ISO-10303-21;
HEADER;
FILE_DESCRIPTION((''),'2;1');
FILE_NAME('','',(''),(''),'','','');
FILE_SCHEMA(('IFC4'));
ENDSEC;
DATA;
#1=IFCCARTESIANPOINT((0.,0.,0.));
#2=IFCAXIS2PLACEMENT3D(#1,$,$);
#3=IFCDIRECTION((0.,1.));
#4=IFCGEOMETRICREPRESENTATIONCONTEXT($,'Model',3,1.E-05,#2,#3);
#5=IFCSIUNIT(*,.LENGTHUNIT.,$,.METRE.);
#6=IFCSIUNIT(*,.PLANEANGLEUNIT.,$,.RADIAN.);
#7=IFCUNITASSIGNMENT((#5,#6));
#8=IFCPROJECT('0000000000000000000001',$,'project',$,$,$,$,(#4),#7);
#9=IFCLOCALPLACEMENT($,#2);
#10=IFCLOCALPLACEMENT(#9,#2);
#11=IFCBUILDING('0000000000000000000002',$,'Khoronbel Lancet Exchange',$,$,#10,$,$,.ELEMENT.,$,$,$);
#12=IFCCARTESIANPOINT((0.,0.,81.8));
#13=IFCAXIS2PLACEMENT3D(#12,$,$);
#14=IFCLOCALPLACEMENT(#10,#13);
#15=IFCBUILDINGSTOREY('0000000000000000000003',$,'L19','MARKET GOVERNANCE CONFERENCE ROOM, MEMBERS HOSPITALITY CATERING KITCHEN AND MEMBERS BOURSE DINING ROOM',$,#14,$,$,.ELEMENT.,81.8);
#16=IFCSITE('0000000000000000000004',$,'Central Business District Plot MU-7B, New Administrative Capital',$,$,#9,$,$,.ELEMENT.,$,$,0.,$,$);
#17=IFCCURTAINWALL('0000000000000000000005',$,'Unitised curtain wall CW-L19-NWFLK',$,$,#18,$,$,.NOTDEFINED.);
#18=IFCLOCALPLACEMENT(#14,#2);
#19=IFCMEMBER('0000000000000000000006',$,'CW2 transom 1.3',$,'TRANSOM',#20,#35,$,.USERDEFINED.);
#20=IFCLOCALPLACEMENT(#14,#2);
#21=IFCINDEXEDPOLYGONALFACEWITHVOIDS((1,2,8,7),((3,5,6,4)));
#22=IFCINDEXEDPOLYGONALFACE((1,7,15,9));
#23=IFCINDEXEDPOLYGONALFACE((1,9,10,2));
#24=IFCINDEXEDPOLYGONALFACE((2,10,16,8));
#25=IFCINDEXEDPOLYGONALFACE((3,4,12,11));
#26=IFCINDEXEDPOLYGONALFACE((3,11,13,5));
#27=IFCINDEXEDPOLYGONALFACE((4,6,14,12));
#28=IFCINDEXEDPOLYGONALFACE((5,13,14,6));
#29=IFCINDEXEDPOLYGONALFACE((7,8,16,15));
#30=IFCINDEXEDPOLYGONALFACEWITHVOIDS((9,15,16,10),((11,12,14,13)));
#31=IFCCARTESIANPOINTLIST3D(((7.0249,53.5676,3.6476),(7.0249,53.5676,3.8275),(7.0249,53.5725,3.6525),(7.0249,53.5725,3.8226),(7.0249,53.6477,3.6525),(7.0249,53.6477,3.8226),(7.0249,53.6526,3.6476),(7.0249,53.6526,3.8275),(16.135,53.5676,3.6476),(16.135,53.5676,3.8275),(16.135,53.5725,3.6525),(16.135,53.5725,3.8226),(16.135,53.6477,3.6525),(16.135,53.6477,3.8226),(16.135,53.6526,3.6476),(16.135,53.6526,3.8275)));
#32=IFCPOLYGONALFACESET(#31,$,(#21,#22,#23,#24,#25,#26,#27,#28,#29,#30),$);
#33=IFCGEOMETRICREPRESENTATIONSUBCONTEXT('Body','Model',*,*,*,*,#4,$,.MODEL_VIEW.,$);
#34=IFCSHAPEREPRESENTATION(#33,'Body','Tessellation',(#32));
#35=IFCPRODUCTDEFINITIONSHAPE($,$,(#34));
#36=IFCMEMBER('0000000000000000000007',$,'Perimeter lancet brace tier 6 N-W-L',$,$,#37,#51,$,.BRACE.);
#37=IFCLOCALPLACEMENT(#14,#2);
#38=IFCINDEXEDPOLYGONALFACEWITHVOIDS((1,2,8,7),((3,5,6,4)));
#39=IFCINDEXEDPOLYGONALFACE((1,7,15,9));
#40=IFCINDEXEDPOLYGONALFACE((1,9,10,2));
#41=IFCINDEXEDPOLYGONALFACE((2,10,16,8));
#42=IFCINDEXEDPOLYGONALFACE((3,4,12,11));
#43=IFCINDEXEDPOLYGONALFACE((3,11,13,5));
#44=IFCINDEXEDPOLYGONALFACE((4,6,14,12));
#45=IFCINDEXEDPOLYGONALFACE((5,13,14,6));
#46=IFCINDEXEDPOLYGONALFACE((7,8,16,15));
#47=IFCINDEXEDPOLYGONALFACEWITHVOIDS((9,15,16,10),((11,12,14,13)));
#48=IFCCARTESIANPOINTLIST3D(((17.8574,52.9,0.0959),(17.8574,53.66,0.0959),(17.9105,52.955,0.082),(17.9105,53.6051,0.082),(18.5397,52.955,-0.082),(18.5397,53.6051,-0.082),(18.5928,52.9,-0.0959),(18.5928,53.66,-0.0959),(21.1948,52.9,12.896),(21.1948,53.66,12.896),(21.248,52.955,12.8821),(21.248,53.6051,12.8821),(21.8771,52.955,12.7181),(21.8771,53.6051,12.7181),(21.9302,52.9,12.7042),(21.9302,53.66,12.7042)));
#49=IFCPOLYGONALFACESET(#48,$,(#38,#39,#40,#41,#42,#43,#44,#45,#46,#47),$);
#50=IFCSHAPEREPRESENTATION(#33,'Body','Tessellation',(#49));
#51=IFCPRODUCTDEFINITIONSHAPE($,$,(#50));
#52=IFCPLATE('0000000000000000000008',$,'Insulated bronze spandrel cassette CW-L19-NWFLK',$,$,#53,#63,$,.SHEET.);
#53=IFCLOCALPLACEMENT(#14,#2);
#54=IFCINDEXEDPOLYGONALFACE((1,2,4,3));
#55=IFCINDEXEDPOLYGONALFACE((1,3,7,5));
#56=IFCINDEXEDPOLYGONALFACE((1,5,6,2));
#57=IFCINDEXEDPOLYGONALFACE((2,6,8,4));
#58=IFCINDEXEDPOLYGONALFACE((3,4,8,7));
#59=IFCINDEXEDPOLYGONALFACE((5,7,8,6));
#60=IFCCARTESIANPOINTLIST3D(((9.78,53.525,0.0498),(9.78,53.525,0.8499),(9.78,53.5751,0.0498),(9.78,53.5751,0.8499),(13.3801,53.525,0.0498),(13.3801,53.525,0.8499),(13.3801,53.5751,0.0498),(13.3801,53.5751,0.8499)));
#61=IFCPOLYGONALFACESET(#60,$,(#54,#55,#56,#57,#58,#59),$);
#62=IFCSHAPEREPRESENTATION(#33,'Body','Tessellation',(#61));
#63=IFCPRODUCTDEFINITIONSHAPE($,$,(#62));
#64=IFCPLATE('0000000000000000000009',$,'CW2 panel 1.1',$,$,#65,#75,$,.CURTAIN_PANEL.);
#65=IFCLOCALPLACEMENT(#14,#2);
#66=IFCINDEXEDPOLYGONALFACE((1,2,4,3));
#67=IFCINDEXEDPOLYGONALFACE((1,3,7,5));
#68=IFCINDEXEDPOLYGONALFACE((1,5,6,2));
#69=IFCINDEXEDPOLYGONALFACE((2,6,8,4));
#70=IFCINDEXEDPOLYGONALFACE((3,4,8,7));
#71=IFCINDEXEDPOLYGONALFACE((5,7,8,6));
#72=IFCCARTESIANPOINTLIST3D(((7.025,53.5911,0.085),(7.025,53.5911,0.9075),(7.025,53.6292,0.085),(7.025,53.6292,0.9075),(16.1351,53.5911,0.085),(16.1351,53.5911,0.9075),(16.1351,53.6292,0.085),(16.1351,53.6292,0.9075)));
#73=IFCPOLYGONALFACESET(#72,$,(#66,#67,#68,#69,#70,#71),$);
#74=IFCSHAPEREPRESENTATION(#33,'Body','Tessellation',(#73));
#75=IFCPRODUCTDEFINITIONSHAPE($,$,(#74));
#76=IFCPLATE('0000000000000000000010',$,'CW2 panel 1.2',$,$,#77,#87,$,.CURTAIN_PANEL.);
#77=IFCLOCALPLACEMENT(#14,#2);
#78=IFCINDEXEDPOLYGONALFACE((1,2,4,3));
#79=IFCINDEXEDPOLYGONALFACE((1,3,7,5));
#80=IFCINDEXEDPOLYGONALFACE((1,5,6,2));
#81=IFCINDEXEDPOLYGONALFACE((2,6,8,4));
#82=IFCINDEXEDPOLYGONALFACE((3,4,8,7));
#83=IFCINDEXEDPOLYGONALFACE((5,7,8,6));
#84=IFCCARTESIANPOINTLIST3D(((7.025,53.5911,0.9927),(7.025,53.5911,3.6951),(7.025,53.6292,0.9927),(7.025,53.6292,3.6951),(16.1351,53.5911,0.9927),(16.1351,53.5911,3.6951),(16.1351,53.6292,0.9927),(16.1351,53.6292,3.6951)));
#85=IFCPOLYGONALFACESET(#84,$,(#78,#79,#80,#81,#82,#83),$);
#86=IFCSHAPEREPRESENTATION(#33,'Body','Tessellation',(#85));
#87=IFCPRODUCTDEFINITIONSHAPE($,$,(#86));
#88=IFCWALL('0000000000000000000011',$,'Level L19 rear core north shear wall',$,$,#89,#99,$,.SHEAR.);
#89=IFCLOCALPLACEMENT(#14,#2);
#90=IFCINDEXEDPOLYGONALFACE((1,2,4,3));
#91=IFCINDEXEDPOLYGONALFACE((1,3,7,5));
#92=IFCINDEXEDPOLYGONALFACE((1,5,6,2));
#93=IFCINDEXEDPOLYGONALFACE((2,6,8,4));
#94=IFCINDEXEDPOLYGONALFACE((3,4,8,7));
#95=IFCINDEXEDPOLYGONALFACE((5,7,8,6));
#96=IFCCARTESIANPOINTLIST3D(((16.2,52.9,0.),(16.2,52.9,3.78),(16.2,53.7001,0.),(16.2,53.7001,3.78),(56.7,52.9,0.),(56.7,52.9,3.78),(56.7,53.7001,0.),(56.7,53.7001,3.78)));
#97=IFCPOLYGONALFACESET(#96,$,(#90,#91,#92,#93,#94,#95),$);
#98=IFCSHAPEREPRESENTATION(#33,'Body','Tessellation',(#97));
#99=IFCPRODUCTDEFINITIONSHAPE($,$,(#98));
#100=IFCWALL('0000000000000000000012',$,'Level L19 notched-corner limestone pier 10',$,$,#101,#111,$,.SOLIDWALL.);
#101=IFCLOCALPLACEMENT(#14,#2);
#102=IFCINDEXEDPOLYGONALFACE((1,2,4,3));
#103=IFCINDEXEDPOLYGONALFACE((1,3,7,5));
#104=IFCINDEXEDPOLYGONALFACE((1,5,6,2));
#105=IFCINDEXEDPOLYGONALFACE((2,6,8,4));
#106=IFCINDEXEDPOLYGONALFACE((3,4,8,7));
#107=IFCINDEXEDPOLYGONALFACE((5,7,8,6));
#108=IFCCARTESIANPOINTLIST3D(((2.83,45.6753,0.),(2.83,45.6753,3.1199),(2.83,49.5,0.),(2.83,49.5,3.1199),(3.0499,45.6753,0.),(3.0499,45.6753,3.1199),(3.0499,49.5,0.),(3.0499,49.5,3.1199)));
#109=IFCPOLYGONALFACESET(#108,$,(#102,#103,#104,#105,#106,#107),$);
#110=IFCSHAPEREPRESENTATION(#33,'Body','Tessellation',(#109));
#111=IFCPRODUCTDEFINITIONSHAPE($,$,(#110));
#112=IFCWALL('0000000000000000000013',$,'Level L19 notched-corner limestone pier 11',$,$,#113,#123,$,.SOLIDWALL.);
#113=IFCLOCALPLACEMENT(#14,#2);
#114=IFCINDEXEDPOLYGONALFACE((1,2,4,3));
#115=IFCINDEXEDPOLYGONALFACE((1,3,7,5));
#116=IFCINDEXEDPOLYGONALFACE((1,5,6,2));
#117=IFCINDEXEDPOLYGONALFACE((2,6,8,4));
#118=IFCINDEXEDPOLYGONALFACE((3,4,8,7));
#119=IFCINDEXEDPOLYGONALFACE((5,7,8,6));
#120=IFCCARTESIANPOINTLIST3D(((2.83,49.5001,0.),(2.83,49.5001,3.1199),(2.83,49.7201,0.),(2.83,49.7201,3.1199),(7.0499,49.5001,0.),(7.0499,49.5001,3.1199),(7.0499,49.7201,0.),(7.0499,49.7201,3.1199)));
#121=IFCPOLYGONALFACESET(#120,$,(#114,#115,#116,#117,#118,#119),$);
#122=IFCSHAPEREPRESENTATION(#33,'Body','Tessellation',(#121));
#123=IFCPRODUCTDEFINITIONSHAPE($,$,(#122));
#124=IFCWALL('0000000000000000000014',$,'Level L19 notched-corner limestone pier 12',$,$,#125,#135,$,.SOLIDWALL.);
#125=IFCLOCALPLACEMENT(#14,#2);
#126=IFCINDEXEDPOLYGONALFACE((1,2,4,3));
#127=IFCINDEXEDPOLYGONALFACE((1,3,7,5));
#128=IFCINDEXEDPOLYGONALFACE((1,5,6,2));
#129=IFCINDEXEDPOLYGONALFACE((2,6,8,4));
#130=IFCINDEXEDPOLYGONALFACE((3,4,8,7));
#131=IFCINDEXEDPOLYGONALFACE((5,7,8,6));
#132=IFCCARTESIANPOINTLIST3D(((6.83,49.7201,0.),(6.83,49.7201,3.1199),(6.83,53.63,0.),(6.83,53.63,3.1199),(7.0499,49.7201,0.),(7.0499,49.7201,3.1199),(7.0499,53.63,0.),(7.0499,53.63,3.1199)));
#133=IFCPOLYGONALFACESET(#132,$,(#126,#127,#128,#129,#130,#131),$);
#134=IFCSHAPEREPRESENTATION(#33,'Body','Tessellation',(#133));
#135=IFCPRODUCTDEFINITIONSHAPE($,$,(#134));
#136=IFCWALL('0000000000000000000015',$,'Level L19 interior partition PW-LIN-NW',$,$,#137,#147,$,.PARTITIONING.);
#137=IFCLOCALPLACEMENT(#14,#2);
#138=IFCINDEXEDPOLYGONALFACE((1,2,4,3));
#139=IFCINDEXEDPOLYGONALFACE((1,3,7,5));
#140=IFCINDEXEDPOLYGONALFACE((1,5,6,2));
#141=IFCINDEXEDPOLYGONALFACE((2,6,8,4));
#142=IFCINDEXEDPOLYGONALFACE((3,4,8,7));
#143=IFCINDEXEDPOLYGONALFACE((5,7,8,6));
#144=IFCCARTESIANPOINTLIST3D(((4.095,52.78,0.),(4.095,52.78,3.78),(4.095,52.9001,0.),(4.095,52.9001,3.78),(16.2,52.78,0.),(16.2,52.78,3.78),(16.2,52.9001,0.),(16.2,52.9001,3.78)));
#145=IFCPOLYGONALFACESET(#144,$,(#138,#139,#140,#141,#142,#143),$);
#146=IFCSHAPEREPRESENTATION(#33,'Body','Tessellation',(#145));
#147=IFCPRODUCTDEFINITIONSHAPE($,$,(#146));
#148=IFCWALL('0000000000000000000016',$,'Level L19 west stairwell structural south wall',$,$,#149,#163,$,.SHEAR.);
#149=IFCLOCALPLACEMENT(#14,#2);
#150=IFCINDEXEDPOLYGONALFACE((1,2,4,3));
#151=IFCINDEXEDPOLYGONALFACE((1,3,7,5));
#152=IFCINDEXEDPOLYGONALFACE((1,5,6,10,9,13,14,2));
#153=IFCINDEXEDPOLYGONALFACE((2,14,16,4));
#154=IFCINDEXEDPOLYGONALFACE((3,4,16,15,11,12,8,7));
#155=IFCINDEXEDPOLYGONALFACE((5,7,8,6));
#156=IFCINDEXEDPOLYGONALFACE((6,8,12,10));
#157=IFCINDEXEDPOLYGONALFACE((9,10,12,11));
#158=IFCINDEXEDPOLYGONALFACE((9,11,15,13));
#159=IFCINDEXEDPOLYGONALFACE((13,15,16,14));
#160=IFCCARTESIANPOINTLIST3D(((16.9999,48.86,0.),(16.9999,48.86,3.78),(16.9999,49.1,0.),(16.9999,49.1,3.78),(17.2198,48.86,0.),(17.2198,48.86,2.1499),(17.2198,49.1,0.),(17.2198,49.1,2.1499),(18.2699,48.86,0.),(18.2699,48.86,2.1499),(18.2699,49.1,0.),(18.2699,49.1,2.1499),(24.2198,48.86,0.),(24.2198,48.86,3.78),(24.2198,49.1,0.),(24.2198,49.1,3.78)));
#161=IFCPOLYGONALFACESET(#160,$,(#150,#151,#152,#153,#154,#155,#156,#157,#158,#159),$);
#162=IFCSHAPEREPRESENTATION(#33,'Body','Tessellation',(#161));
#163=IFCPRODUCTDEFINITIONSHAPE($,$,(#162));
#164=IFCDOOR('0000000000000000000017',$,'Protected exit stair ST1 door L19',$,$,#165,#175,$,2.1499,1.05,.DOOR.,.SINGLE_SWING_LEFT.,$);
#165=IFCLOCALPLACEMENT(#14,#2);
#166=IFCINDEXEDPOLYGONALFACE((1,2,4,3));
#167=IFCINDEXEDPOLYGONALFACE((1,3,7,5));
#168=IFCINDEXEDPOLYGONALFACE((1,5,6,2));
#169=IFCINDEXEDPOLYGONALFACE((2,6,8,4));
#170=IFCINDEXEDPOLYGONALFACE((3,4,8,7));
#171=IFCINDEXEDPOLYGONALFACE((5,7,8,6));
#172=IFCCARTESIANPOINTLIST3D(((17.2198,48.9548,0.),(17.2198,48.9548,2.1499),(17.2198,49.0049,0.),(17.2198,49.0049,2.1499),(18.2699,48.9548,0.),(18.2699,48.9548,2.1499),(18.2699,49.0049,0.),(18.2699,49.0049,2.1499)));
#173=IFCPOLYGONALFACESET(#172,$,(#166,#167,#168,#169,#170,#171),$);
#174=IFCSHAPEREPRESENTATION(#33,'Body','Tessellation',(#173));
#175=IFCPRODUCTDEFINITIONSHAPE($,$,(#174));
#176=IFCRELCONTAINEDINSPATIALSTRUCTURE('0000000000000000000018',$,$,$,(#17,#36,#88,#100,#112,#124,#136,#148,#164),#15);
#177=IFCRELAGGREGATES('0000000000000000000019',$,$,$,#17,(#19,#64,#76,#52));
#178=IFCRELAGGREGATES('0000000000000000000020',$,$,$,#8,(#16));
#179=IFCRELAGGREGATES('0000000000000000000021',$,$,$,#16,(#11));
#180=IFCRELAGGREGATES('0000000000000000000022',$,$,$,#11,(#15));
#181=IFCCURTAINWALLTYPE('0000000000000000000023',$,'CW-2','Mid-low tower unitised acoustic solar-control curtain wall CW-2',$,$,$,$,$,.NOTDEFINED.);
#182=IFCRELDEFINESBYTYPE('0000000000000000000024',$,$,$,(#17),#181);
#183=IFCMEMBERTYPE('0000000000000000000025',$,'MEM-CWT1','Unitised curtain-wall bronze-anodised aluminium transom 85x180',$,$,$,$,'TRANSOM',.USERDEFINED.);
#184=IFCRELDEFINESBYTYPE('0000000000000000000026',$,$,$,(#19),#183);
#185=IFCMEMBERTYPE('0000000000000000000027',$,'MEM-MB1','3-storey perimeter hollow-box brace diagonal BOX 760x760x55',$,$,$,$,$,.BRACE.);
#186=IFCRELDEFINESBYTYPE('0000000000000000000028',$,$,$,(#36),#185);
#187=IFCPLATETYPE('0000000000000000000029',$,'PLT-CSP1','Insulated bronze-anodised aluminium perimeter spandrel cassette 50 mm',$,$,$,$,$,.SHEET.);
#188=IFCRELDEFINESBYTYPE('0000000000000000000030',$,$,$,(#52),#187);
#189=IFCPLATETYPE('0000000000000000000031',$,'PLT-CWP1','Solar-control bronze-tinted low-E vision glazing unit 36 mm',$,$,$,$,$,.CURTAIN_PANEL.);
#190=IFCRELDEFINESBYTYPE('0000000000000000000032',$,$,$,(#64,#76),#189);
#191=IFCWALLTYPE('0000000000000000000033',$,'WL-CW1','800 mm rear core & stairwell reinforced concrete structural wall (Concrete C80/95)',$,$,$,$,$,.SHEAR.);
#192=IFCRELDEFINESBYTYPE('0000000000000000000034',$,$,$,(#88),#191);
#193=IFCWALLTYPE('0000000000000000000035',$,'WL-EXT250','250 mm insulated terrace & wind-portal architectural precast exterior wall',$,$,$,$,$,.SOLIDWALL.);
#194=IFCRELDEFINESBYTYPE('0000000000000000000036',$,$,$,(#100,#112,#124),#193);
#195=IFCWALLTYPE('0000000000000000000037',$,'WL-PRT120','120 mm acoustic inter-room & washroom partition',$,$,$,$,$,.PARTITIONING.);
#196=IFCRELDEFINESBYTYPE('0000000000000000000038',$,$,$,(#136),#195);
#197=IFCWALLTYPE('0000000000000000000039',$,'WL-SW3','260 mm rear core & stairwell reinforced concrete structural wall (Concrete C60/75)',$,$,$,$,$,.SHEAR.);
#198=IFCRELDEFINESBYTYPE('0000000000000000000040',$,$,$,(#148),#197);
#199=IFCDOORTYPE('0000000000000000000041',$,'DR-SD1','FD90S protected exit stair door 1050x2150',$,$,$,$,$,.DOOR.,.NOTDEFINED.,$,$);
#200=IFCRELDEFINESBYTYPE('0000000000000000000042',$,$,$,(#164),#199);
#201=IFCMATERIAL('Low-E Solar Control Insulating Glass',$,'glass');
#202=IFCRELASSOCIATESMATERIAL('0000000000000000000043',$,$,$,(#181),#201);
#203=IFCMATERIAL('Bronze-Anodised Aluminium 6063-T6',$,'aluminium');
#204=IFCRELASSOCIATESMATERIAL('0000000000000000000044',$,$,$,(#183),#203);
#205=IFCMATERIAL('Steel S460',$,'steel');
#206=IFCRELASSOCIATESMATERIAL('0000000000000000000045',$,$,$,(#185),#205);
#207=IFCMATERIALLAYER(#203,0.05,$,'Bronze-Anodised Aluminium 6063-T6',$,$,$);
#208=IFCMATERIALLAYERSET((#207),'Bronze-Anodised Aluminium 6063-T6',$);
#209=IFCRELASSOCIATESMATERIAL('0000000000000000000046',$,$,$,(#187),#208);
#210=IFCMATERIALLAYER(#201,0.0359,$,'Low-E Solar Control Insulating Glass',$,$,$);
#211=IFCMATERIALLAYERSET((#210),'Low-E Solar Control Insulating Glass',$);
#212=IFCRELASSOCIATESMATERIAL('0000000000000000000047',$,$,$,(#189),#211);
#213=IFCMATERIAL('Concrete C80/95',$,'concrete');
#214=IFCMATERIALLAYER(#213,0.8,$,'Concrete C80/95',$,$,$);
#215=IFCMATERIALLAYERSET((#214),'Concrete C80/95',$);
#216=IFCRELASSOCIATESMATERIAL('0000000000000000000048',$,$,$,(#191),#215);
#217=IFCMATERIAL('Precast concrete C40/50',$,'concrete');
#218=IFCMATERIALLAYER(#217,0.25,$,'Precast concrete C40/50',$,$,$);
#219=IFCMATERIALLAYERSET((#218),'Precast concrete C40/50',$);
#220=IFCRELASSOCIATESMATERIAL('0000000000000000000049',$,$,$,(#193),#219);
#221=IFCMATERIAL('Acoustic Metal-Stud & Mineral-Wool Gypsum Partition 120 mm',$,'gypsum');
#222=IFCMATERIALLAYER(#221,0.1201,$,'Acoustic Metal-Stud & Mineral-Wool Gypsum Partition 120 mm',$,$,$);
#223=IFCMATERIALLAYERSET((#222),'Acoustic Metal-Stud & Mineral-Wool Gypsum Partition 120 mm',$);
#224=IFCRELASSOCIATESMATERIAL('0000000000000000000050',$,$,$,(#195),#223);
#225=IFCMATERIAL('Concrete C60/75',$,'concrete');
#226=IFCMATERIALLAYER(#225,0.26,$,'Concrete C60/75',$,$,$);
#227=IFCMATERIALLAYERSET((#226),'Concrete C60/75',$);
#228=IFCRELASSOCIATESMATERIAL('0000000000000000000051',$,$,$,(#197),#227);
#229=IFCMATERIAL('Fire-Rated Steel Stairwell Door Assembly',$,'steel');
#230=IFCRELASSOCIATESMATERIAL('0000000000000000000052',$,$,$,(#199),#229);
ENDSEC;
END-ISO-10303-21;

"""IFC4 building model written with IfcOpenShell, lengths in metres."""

from ifc_helpers import new_model, si_unit, direction, frame, frame_2d, origin, origin_2d, place, context, subcontext, project, spatial, rectangle, hollow_rectangle, extrude, material, layer, layer_set, material_profile, profile_set, type_object, element, fill, aggregate, save


model = new_model("IFC4")

# Units and contexts
model_context = context("Model", 3, precision=1e-05, world=origin(), true_north=direction((0.0, 1.0)))
body_context = subcontext(model_context, "Body", "Model", "MODEL_VIEW")
ifc_project = project(units=[si_unit("LENGTHUNIT", "METRE"), si_unit("PLANEANGLEUNIT", "RADIAN")], contexts=[model_context])

# Site, building, storey
site_placement = place(None, origin())
site = spatial("IfcSite", under=ifc_project, at=site_placement, Name="Central Business District Plot MU-7B, New Administrative Capital", CompositionType="ELEMENT", RefElevation=0.0)
building_placement = place(site_placement, origin())
building = spatial("IfcBuilding", under=site, at=building_placement, Name="Khoronbel Lancet Exchange", CompositionType="ELEMENT")
storey_placement = place(building_placement, frame((0.0, 0.0, 81.8)))
storey = spatial("IfcBuildingStorey", under=building, at=storey_placement, Name="L19", Description="MARKET GOVERNANCE CONFERENCE ROOM, MEMBERS HOSPITALITY CATERING KITCHEN AND MEMBERS BOURSE DINING ROOM", CompositionType="ELEMENT", Elevation=81.8)

# Shared definitions
ifc_material_1 = material(Name="Steel S460", Category="steel")

# Curtain wall, member
ifc_material_2 = material(Name="Low-E Solar Control Insulating Glass", Category="glass")
curtain_wall_type = type_object("IfcCurtainWallType", Name="CW-2", Description="Mid-low tower unitised acoustic solar-control curtain wall CW-2", PredefinedType="NOTDEFINED", material=ifc_material_2)
curtain_wall_placement = place(storey_placement, origin())
curtain_wall = element("IfcCurtainWall", 1, at=curtain_wall_placement, inside=storey, type_object=curtain_wall_type, Name="Unitised curtain wall CW-L19-NWFLK", PredefinedType="NOTDEFINED")
ifc_material_3 = material(Name="Bronze-Anodised Aluminium 6063-T6", Category="aluminium")
ifc_material_profile_1 = material_profile(ifc_material_3, hollow_rectangle(XDim=0.085, YDim=0.1799, WallThickness=0.0049, at=origin_2d()), Name="ALU TRANSOM 85x180")
ifc_profile_set_1 = profile_set([ifc_material_profile_1], Name="Bronze-Anodised Aluminium 6063-T6")
member_type_1 = type_object("IfcMemberType", Name="MEM-CWT1", Description="Unitised curtain-wall bronze-anodised aluminium transom 85x180", ElementType="TRANSOM", PredefinedType="USERDEFINED", material=ifc_profile_set_1)
member_1_placement = place(storey_placement, frame((16.135, 53.6101, 3.7375), z_axis=(-1.0, 0.0, 0.0), x_axis=(0.0, -1.0, 0.0)))
member_1 = element("IfcMember", 2, at=member_1_placement, type_object=member_type_1, Name="CW2 transom 1.3", ObjectType="TRANSOM", PredefinedType="USERDEFINED", context=body_context, shape_type="SweptSolid", body=[
    extrude(hollow_rectangle(XDim=0.085, YDim=0.1799, WallThickness=0.0049, at=origin_2d()), origin(), (0.0, 0.0, 1.0), 9.1101),
])

# Member
ifc_material_profile_2 = material_profile(ifc_material_1, hollow_rectangle(XDim=0.76, YDim=0.76, WallThickness=0.0549, at=origin_2d()), Name="BOX 760x760x55")
ifc_profile_set_2 = profile_set([ifc_material_profile_2], Name="Steel S460")
member_type_2 = type_object("IfcMemberType", Name="MEM-MB1", Description="3-storey perimeter hollow-box brace diagonal BOX 760x760x55", PredefinedType="BRACE", material=ifc_profile_set_2)
member_2_placement = place(storey_placement, frame((18.2251, 53.28, 0.0), z_axis=(0.252299, 0.0, 0.967649), x_axis=(0.0, 1.0, 0.0)))
element("IfcMember", 3, at=member_2_placement, inside=storey, type_object=member_type_2, Name="Perimeter lancet brace tier 6 N-W-L", PredefinedType="BRACE", context=body_context, shape_type="SweptSolid", body=[
    extrude(hollow_rectangle(XDim=0.76, YDim=0.76, WallThickness=0.0549, at=origin_2d()), origin(), (0.0, 0.0, 1.0), 13.228),
])

# Plates
ifc_layer_1 = layer(ifc_material_3, 0.05, Name="Bronze-Anodised Aluminium 6063-T6")
ifc_layer_set_1 = layer_set([ifc_layer_1], Name="Bronze-Anodised Aluminium 6063-T6")
plate_type_1 = type_object("IfcPlateType", Name="PLT-CSP1", Description="Insulated bronze-anodised aluminium perimeter spandrel cassette 50 mm", PredefinedType="SHEET", material=ifc_layer_set_1)
plate_1_placement = place(storey_placement, frame((11.5801, 53.55, 0.0498), z_axis=(0.0, 0.0, 1.0), x_axis=(-1.0, 0.0, 0.0)))
plate_1 = element("IfcPlate", 4, at=plate_1_placement, type_object=plate_type_1, Name="Insulated bronze spandrel cassette CW-L19-NWFLK", PredefinedType="SHEET", context=body_context, shape_type="SweptSolid", body=[
    extrude(rectangle(XDim=3.6001, YDim=0.05, at=origin_2d()), origin(), (0.0, 0.0, 1.0), 0.8),
])
ifc_layer_2 = layer(ifc_material_2, 0.0359, Name="Low-E Solar Control Insulating Glass")
ifc_layer_set_2 = layer_set([ifc_layer_2], Name="Low-E Solar Control Insulating Glass")
plate_type_2 = type_object("IfcPlateType", Name="PLT-CWP1", Description="Solar-control bronze-tinted low-E vision glazing unit 36 mm", PredefinedType="CURTAIN_PANEL", material=ifc_layer_set_2)
plate_2_placement = place(storey_placement, frame((11.5801, 53.6101, 0.085), z_axis=(0.0, 0.0, 1.0), x_axis=(-1.0, 0.0, 0.0)))
plate_2 = element("IfcPlate", 5, at=plate_2_placement, type_object=plate_type_2, Name="CW2 panel 1.1", PredefinedType="CURTAIN_PANEL", context=body_context, shape_type="SweptSolid", body=[
    extrude(rectangle(XDim=9.1101, YDim=0.0381, at=origin_2d()), origin(), (0.0, 0.0, 1.0), 0.8225),
])
plate_3_placement = place(storey_placement, frame((11.5801, 53.6101, 0.9927), z_axis=(0.0, 0.0, 1.0), x_axis=(-1.0, 0.0, 0.0)))
plate_3 = element("IfcPlate", 6, at=plate_3_placement, type_object=plate_type_2, Name="CW2 panel 1.2", PredefinedType="CURTAIN_PANEL", context=body_context, shape_type="SweptSolid", body=[
    extrude(rectangle(XDim=9.1101, YDim=0.0381, at=origin_2d()), origin(), (0.0, 0.0, 1.0), 2.7024),
])
aggregate(curtain_wall, [member_1, plate_2, plate_3, plate_1])

# Walls
ifc_material_4 = material(Name="Concrete C80/95", Category="concrete")
ifc_layer_3 = layer(ifc_material_4, 0.8, Name="Concrete C80/95")
ifc_layer_set_3 = layer_set([ifc_layer_3], Name="Concrete C80/95")
wall_type_1 = type_object("IfcWallType", Name="WL-CW1", Description="800 mm rear core & stairwell reinforced concrete structural wall (Concrete C80/95)", PredefinedType="SHEAR", material=ifc_layer_set_3)
wall_1_placement = place(storey_placement, frame((16.2, 53.3, 0.0), z_axis=(0.0, 0.0, 1.0), x_axis=(1.0, 0.0, 0.0)))
element("IfcWall", 7, at=wall_1_placement, inside=storey, type_object=wall_type_1, Name="Level L19 rear core north shear wall", PredefinedType="SHEAR", context=body_context, shape_type="SweptSolid", body=[
    extrude(rectangle(XDim=40.5, YDim=0.8, at=frame_2d((20.25, 0.0))), origin(), (0.0, 0.0, 1.0), 3.78),
])
ifc_material_5 = material(Name="Precast concrete C40/50", Category="concrete")
ifc_layer_4 = layer(ifc_material_5, 0.25, Name="Precast concrete C40/50")
ifc_layer_set_4 = layer_set([ifc_layer_4], Name="Precast concrete C40/50")
wall_type_2 = type_object("IfcWallType", Name="WL-EXT250", Description="250 mm insulated terrace & wind-portal architectural precast exterior wall", PredefinedType="SOLIDWALL", material=ifc_layer_set_4)
wall_2_placement = place(storey_placement, frame((2.9399, 45.6753, 0.0), z_axis=(0.0, 0.0, 1.0), x_axis=(0.0, 1.0, 0.0)))
element("IfcWall", 8, at=wall_2_placement, inside=storey, type_object=wall_type_2, Name="Level L19 notched-corner limestone pier 10", PredefinedType="SOLIDWALL", context=body_context, shape_type="SweptSolid", body=[
    extrude(rectangle(XDim=3.8247, YDim=0.22, at=frame_2d((1.9124, 0.0))), origin(), (0.0, 0.0, 1.0), 3.1199),
])
wall_3_placement = place(storey_placement, frame((2.8301, 49.6101, 0.0), z_axis=(0.0, 0.0, 1.0), x_axis=(1.0, 0.0, 0.0)))
element("IfcWall", 9, at=wall_3_placement, inside=storey, type_object=wall_type_2, Name="Level L19 notched-corner limestone pier 11", PredefinedType="SOLIDWALL", context=body_context, shape_type="SweptSolid", body=[
    extrude(rectangle(XDim=4.22, YDim=0.22, at=frame_2d((2.1099, 0.0))), origin(), (0.0, 0.0, 1.0), 3.1199),
])
wall_4_placement = place(storey_placement, frame((6.9399, 49.72, 0.0), z_axis=(0.0, 0.0, 1.0), x_axis=(0.0, 1.0, 0.0)))
element("IfcWall", 10, at=wall_4_placement, inside=storey, type_object=wall_type_2, Name="Level L19 notched-corner limestone pier 12", PredefinedType="SOLIDWALL", context=body_context, shape_type="SweptSolid", body=[
    extrude(rectangle(XDim=3.9099, YDim=0.22, at=frame_2d((1.9551, 0.0))), origin(), (0.0, 0.0, 1.0), 3.1199),
])
ifc_material_6 = material(Name="Acoustic Metal-Stud & Mineral-Wool Gypsum Partition 120 mm", Category="gypsum")
ifc_layer_5 = layer(ifc_material_6, 0.1201, Name="Acoustic Metal-Stud & Mineral-Wool Gypsum Partition 120 mm")
ifc_layer_set_5 = layer_set([ifc_layer_5], Name="Acoustic Metal-Stud & Mineral-Wool Gypsum Partition 120 mm")
wall_type_3 = type_object("IfcWallType", Name="WL-PRT120", Description="120 mm acoustic inter-room & washroom partition", PredefinedType="PARTITIONING", material=ifc_layer_set_5)
wall_5_placement = place(storey_placement, frame((4.095, 52.8401, 0.0), z_axis=(0.0, 0.0, 1.0), x_axis=(1.0, 0.0, 0.0)))
element("IfcWall", 11, at=wall_5_placement, inside=storey, type_object=wall_type_3, Name="Level L19 interior partition PW-LIN-NW", PredefinedType="PARTITIONING", context=body_context, shape_type="SweptSolid", body=[
    extrude(rectangle(XDim=12.105, YDim=0.1201, at=frame_2d((6.0525, 0.0))), origin(), (0.0, 0.0, 1.0), 3.78),
])

# Wall, opening, door
ifc_material_7 = material(Name="Concrete C60/75", Category="concrete")
ifc_layer_6 = layer(ifc_material_7, 0.26, Name="Concrete C60/75")
ifc_layer_set_6 = layer_set([ifc_layer_6], Name="Concrete C60/75")
wall_type_4 = type_object("IfcWallType", Name="WL-SW3", Description="260 mm rear core & stairwell reinforced concrete structural wall (Concrete C60/75)", PredefinedType="SHEAR", material=ifc_layer_set_6)
wall_6_placement = place(storey_placement, frame((17.0, 48.98, 0.0), z_axis=(0.0, 0.0, 1.0), x_axis=(1.0, 0.0, 0.0)))
wall_6 = element("IfcWall", 12, at=wall_6_placement, inside=storey, type_object=wall_type_4, Name="Level L19 west stairwell structural south wall", PredefinedType="SHEAR", context=body_context, shape_type="SweptSolid", body=[
    extrude(rectangle(XDim=7.22, YDim=0.24, at=frame_2d((3.6099, 0.0))), origin(), (0.0, 0.0, 1.0), 3.78),
])
opening_placement = place(wall_6_placement, frame((0.22, 0.0, 0.0)))
opening = element("IfcOpeningElement", 13, at=opening_placement, cuts=wall_6, PredefinedType="OPENING", context=body_context, shape_type="SweptSolid", body=[
    extrude(rectangle(XDim=1.05, YDim=2.1499, at=frame_2d((0.5249, 1.075))), frame((0.0, 0.1299, 0.0), z_axis=(0.0, -1.0, 0.0), x_axis=(1.0, 0.0, 0.0)), (0.0, 0.0, 1.0), 0.26),
])
ifc_material_8 = material(Name="Fire-Rated Steel Stairwell Door Assembly", Category="steel")
door_type = type_object("IfcDoorType", Name="DR-SD1", Description="FD90S protected exit stair door 1050x2150", OperationType="NOTDEFINED", PredefinedType="DOOR", material=ifc_material_8)
door_placement = place(opening_placement, origin())
door = element("IfcDoor", 14, at=door_placement, inside=storey, type_object=door_type, Name="Protected exit stair ST1 door L19", OperationType="SINGLE_SWING_LEFT", OverallHeight=2.1499, OverallWidth=1.05, PredefinedType="DOOR", context=body_context, shape_type="SweptSolid", body=[
    extrude(rectangle(XDim=1.05, YDim=2.1499, at=frame_2d((0.5249, 1.075))), frame((0.0, 0.0249, 0.0), z_axis=(0.0, -1.0, 0.0), x_axis=(1.0, 0.0, 0.0)), (0.0, 0.0, 1.0), 0.05),
])
fill(opening, door)

save(model, "model.ifc")
